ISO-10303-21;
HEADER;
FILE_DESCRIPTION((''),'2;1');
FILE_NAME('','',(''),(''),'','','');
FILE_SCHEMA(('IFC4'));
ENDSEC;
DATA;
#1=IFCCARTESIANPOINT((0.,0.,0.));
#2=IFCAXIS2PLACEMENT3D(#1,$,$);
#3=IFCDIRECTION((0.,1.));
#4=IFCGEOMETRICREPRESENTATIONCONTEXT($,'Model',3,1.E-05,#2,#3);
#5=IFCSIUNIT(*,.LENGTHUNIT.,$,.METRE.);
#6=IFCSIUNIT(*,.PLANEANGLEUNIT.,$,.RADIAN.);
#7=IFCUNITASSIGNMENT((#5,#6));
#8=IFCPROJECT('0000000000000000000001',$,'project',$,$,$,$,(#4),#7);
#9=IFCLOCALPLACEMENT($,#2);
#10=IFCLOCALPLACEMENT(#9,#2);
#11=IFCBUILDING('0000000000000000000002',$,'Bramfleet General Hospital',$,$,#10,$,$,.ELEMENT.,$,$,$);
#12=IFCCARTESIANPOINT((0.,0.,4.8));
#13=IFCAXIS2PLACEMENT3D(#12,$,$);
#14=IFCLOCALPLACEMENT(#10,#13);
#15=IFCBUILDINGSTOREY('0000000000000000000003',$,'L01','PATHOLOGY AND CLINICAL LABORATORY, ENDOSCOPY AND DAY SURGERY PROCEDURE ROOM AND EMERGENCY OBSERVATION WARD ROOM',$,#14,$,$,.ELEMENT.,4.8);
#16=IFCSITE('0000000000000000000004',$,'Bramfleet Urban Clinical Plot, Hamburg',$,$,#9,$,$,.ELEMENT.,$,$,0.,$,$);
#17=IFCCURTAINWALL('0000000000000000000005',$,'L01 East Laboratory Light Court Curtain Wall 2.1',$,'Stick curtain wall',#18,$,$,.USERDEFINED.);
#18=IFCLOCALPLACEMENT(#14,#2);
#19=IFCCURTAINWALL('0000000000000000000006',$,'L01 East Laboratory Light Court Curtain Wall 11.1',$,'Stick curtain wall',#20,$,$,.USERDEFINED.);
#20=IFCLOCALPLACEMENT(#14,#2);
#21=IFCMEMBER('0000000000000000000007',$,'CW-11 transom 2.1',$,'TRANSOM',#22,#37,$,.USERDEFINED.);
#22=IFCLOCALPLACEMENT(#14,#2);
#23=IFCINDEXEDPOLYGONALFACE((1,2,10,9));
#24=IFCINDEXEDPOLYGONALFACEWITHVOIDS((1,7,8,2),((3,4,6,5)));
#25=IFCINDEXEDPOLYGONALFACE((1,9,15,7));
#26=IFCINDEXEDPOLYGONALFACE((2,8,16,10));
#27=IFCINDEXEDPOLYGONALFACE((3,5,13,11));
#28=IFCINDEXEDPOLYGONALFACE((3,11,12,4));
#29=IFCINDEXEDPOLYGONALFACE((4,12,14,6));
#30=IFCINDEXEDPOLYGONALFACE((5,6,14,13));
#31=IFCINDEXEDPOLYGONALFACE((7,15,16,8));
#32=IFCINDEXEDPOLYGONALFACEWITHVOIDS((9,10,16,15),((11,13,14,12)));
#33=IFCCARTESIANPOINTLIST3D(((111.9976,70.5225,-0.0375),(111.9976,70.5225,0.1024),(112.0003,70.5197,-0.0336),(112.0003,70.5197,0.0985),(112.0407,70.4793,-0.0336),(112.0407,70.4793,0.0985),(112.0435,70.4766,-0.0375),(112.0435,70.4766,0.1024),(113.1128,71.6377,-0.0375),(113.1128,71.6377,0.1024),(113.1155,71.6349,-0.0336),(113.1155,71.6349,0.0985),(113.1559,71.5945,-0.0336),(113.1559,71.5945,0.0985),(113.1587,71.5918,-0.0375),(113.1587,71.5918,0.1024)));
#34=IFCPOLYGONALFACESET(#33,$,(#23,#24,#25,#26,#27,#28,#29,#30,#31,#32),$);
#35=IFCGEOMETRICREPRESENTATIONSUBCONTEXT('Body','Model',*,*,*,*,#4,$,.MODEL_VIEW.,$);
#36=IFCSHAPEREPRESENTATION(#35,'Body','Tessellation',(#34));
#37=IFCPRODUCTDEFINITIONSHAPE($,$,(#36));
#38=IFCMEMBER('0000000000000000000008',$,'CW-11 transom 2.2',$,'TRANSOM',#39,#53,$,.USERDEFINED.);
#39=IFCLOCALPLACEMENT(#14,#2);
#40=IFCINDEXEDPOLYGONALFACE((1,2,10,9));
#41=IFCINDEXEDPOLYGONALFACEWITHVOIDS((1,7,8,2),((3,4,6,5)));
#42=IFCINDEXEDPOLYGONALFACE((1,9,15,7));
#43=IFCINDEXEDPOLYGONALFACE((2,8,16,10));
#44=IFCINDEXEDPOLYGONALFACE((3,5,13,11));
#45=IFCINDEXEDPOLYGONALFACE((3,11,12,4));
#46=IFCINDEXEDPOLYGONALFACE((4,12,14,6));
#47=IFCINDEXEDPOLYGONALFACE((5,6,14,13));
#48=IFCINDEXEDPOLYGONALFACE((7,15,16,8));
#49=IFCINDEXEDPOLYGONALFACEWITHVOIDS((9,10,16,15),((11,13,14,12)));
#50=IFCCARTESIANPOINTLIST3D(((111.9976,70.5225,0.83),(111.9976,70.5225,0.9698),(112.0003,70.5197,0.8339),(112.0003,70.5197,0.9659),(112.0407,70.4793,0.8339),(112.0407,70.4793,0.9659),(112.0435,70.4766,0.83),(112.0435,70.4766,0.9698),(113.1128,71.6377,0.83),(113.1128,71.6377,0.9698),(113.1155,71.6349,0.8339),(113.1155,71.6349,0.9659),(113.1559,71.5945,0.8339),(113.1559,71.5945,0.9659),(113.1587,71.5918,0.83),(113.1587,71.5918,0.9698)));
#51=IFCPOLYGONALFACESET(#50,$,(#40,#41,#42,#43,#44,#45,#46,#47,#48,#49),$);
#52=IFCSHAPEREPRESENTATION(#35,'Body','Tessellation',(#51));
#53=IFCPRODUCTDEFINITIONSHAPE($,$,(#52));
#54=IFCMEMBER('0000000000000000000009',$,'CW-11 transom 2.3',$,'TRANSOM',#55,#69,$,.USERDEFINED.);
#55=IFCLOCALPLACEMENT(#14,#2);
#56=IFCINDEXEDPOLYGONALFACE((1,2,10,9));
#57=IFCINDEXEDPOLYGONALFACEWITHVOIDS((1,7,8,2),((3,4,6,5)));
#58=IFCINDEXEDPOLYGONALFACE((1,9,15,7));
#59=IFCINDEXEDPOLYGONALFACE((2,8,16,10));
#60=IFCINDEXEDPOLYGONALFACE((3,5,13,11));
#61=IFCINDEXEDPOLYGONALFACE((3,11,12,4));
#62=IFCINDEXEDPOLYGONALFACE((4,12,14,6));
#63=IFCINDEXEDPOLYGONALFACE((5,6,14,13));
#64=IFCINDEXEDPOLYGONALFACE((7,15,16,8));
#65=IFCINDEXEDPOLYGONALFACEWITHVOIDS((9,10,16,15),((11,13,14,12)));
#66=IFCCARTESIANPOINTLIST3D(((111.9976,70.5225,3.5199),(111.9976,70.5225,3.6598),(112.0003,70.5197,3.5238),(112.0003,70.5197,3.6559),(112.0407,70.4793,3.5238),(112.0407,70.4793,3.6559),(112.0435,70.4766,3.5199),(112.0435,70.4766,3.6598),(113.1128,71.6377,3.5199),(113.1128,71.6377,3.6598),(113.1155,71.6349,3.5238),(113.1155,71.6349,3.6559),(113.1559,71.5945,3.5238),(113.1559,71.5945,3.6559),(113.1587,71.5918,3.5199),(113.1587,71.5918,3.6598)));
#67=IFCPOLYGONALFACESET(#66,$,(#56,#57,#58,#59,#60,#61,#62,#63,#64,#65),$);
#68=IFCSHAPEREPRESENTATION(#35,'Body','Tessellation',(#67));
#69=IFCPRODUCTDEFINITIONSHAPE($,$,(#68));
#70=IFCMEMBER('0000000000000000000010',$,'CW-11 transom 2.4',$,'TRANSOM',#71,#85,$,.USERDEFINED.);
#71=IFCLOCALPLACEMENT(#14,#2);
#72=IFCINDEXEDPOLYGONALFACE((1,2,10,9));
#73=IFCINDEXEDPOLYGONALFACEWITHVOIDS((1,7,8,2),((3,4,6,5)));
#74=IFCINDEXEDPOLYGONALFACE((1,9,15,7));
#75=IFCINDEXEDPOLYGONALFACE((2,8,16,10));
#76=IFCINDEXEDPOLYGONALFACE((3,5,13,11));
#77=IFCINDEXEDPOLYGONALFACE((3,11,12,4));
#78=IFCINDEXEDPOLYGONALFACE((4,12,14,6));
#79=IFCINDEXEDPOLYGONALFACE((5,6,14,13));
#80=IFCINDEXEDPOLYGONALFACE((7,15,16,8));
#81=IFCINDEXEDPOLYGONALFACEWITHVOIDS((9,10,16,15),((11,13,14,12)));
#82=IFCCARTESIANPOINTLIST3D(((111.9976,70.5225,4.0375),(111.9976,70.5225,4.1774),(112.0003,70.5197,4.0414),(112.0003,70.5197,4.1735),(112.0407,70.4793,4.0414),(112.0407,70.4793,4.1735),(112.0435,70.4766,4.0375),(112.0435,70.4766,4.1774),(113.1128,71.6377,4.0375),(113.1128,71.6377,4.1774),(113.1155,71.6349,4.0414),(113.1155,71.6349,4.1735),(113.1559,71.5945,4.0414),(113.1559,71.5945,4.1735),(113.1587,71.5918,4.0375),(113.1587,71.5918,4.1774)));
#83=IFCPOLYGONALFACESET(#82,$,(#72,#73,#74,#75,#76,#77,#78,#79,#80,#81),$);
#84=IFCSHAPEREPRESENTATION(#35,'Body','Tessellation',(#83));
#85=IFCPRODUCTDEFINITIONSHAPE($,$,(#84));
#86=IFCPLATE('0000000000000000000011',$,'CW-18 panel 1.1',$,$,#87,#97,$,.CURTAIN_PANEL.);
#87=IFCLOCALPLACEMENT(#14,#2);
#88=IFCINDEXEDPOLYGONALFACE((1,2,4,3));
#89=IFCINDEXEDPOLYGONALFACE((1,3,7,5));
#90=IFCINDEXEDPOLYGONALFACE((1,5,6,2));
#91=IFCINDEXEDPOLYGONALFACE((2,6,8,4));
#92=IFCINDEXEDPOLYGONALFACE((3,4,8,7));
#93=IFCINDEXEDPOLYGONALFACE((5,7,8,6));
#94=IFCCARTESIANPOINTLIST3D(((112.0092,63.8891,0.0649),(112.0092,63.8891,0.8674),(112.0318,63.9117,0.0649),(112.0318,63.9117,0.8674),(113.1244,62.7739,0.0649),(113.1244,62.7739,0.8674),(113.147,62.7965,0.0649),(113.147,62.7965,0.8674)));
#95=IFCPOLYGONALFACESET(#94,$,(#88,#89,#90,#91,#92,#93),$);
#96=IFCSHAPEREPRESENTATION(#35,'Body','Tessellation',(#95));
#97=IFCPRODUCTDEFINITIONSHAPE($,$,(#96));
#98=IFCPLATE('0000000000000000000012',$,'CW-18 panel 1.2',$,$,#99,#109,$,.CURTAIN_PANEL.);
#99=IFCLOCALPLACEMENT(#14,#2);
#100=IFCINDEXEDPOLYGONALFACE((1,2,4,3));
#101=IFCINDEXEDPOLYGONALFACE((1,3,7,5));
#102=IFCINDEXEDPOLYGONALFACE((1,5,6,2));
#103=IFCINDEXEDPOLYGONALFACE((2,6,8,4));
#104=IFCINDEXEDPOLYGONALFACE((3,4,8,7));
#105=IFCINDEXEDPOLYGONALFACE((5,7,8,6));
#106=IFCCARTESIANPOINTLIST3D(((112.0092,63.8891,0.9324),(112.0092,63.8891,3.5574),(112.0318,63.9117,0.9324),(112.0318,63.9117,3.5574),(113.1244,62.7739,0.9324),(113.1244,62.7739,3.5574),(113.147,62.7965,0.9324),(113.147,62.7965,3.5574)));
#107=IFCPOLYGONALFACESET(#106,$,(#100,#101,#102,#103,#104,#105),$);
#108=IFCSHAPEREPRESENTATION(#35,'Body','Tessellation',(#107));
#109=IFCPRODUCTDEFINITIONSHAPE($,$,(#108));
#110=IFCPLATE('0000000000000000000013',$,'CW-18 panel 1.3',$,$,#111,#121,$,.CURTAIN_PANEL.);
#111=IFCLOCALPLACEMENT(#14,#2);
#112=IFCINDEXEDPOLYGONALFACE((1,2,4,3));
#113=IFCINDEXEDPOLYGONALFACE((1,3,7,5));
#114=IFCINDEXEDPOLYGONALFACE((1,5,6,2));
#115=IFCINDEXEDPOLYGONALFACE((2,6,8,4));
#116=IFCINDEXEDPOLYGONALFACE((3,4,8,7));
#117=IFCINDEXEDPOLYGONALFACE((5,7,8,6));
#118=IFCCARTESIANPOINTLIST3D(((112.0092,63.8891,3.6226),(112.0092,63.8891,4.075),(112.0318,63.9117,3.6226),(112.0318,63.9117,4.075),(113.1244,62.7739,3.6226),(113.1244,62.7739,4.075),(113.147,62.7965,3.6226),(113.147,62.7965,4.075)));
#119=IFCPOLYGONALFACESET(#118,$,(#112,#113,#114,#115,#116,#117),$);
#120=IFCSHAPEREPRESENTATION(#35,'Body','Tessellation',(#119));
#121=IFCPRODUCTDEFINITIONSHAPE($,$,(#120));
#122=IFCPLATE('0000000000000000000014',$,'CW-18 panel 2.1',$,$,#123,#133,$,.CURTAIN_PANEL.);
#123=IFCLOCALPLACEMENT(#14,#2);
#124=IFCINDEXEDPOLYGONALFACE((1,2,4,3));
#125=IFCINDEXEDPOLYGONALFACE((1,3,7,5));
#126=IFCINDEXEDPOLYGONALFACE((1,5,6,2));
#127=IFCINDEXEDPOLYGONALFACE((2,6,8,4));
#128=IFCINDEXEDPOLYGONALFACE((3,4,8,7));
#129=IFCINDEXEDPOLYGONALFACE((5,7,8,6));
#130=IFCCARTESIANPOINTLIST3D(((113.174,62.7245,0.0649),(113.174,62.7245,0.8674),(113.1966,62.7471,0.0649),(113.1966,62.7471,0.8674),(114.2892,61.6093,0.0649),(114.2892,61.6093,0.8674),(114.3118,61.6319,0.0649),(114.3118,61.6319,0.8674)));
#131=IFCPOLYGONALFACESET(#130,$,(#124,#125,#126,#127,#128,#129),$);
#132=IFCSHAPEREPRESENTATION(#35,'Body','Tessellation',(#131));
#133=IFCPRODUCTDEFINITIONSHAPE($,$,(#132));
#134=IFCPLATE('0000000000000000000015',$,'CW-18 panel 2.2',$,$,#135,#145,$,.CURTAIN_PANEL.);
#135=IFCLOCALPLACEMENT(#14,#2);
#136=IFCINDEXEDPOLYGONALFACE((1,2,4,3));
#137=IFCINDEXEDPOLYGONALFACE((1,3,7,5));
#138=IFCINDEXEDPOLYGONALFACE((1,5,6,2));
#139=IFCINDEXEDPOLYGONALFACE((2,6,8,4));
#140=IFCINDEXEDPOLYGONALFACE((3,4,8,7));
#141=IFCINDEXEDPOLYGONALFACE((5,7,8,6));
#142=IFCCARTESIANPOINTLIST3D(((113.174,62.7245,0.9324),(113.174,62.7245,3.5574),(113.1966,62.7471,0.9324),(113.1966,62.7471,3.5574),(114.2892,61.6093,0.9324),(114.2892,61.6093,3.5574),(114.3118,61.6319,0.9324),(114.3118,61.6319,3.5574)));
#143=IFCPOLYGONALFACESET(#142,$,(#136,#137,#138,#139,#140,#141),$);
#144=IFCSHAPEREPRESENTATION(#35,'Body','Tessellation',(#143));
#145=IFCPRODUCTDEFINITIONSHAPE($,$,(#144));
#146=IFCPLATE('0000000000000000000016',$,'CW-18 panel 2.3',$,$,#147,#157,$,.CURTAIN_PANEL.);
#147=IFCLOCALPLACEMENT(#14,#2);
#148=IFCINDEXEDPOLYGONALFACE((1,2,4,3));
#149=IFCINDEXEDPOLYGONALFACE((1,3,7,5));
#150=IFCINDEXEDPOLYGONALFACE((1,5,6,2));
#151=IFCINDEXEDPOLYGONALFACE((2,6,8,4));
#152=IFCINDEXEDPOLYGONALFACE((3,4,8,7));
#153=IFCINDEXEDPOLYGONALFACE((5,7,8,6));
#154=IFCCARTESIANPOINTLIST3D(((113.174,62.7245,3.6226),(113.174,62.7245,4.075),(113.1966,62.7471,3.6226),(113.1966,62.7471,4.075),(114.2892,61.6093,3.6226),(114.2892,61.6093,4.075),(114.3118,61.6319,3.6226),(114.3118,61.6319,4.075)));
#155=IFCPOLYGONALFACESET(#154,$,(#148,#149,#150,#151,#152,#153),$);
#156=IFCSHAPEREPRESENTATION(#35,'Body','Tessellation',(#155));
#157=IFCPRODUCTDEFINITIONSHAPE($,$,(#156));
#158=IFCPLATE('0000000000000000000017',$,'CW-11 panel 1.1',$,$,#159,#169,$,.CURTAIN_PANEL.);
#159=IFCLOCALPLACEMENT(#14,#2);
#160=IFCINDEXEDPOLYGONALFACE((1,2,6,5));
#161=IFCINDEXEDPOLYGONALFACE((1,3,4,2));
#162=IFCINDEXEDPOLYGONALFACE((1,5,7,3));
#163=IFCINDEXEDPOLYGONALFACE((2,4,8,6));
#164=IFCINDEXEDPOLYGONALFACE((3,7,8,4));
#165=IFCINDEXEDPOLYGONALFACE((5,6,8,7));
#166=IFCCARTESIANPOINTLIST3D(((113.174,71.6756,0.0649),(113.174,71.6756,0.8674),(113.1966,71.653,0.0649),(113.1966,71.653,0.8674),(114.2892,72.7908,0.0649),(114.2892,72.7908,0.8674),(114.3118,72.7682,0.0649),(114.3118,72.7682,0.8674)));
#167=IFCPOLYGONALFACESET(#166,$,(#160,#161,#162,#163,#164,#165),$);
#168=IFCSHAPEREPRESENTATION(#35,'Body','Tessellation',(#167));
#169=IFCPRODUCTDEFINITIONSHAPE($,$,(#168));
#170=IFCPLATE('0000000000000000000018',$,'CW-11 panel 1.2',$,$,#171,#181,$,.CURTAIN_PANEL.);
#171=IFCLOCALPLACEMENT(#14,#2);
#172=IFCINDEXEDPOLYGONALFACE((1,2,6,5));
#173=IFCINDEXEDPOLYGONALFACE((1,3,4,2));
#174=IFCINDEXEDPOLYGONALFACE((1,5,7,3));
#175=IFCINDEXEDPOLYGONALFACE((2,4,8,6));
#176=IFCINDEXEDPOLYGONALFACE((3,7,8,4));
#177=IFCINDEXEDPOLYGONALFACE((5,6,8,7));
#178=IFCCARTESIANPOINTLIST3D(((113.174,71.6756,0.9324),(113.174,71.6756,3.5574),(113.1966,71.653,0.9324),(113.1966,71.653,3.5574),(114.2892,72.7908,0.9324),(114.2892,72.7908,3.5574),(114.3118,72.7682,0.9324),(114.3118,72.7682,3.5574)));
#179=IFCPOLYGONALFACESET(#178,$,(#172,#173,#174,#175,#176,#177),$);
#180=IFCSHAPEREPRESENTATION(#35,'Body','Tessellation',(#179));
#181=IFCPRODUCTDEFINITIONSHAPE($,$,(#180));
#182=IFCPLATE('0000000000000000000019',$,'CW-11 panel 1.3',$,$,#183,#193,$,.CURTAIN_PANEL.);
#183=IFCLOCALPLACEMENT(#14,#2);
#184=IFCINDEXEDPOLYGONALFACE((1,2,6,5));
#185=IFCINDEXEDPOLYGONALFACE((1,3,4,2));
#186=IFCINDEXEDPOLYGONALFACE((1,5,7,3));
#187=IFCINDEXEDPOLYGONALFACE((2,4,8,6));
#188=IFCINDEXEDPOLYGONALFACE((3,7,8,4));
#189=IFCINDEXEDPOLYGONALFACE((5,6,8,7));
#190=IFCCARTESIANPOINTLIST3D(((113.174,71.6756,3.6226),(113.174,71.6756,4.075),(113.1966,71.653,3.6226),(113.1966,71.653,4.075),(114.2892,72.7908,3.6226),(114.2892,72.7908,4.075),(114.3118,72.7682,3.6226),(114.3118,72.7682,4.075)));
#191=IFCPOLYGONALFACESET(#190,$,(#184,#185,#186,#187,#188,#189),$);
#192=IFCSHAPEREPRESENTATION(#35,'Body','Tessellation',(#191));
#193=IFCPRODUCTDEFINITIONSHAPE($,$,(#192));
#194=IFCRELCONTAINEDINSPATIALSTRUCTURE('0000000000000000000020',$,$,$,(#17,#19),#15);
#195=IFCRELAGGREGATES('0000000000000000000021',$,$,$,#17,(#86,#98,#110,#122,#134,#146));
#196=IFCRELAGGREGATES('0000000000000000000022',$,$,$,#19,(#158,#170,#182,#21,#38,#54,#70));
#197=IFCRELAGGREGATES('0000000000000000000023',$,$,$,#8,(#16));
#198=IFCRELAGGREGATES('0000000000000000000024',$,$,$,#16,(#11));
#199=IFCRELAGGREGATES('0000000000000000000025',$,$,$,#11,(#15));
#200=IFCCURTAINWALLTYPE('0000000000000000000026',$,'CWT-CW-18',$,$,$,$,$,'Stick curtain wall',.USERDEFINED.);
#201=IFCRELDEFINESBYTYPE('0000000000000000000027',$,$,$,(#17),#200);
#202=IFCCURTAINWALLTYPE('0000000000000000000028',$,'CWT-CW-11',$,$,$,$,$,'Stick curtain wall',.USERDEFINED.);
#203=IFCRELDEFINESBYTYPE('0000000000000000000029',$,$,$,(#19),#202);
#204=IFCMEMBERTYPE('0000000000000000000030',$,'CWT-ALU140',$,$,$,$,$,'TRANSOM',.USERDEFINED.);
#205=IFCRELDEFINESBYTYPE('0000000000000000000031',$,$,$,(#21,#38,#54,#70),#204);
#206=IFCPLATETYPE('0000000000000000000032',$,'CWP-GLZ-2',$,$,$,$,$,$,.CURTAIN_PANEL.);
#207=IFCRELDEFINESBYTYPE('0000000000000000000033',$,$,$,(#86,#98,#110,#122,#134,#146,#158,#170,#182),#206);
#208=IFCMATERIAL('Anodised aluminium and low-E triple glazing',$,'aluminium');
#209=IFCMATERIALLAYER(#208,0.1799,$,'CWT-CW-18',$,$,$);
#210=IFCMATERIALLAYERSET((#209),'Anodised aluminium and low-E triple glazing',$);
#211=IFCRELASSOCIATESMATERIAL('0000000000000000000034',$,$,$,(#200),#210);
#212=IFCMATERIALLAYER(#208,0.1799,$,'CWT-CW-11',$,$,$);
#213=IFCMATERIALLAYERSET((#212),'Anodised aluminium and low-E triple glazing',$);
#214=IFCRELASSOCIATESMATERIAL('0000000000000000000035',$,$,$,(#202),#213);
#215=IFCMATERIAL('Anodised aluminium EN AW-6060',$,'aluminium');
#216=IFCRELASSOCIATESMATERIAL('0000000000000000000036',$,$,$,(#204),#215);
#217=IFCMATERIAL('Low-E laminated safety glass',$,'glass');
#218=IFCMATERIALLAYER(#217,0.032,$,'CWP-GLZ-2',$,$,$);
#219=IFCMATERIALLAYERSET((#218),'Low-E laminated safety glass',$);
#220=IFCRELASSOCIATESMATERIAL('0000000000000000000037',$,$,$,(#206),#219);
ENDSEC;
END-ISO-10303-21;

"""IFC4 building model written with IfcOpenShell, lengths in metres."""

from ifc_helpers import new_model, si_unit, direction, frame, origin, origin_2d, place, context, subcontext, project, spatial, rectangle, hollow_rectangle, extrude, material, layer, layer_set, material_profile, profile_set, type_object, element, aggregate, save


model = new_model("IFC4")

# Units and contexts
model_context = context("Model", 3, precision=1e-05, world=origin(), true_north=direction((0.0, 1.0)))
body_context = subcontext(model_context, "Body", "Model", "MODEL_VIEW")
ifc_project = project(units=[si_unit("LENGTHUNIT", "METRE"), si_unit("PLANEANGLEUNIT", "RADIAN")], contexts=[model_context])

# Site, building, storey
site_placement = place(None, origin())
site = spatial("IfcSite", under=ifc_project, at=site_placement, Name="Bramfleet Urban Clinical Plot, Hamburg", CompositionType="ELEMENT", RefElevation=0.0)
building_placement = place(site_placement, origin())
building = spatial("IfcBuilding", under=site, at=building_placement, Name="Bramfleet General Hospital", CompositionType="ELEMENT")
storey_placement = place(building_placement, frame((0.0, 0.0, 4.8)))
storey = spatial("IfcBuildingStorey", under=building, at=storey_placement, Name="L01", Description="PATHOLOGY AND CLINICAL LABORATORY, ENDOSCOPY AND DAY SURGERY PROCEDURE ROOM AND EMERGENCY OBSERVATION WARD ROOM", CompositionType="ELEMENT", Elevation=4.8)

# Curtain wall
ifc_material_1 = material(Name="Anodised aluminium and low-E triple glazing", Category="aluminium")
ifc_layer_1 = layer(ifc_material_1, 0.1799, Name="CWT-CW-18")
ifc_layer_set_1 = layer_set([ifc_layer_1], Name="Anodised aluminium and low-E triple glazing")
curtain_wall_type_1 = type_object("IfcCurtainWallType", Name="CWT-CW-18", ElementType="Stick curtain wall", PredefinedType="USERDEFINED", material=ifc_layer_set_1)
curtain_wall_1_placement = place(storey_placement, origin())
curtain_wall_1 = element("IfcCurtainWall", 1, at=curtain_wall_1_placement, inside=storey, type_object=curtain_wall_type_1, Name="L01 East Laboratory Light Court Curtain Wall 2.1", ObjectType="Stick curtain wall", PredefinedType="USERDEFINED")
ifc_material_2 = material(Name="Anodised aluminium EN AW-6060", Category="aluminium")

# Shared definitions
ifc_layer_2 = layer(ifc_material_1, 0.1799, Name="CWT-CW-11")
ifc_layer_set_2 = layer_set([ifc_layer_2], Name="Anodised aluminium and low-E triple glazing")
curtain_wall_type_2 = type_object("IfcCurtainWallType", Name="CWT-CW-11", ElementType="Stick curtain wall", PredefinedType="USERDEFINED", material=ifc_layer_set_2)

# Curtain wall
curtain_wall_2_placement = place(storey_placement, origin())
curtain_wall_2 = element("IfcCurtainWall", 2, at=curtain_wall_2_placement, inside=storey, type_object=curtain_wall_type_2, Name="L01 East Laboratory Light Court Curtain Wall 11.1", ObjectType="Stick curtain wall", PredefinedType="USERDEFINED")

# Members
ifc_material_profile_1 = material_profile(ifc_material_2, hollow_rectangle(XDim=0.0649, YDim=0.1399, WallThickness=0.0039, at=origin_2d()), Name="ALU 140x65x4.0")
ifc_profile_set_1 = profile_set([ifc_material_profile_1], Name="Anodised aluminium EN AW-6060")
member_type_1 = type_object("IfcMemberType", Name="CWT-ALU140", ElementType="TRANSOM", PredefinedType="USERDEFINED", material=ifc_profile_set_1)
member_1_placement = place(storey_placement, frame((113.1357, 71.6147, 0.0325), z_axis=(-0.707107, -0.707107, 0.0), x_axis=(0.707107, -0.707107, 0.0)))
member_1 = element("IfcMember", 3, at=member_1_placement, type_object=member_type_1, Name="CW-11 transom 2.1", ObjectType="TRANSOM", PredefinedType="USERDEFINED", context=body_context, shape_type="SweptSolid", body=[
    extrude(hollow_rectangle(XDim=0.0649, YDim=0.1399, WallThickness=0.0039, at=origin_2d()), origin(), (0.0, 0.0, 1.0), 1.5771),
])
member_2_placement = place(storey_placement, frame((113.1357, 71.6147, 0.8999), z_axis=(-0.707107, -0.707107, 0.0), x_axis=(0.707107, -0.707107, 0.0)))
member_2 = element("IfcMember", 4, at=member_2_placement, type_object=member_type_1, Name="CW-11 transom 2.2", ObjectType="TRANSOM", PredefinedType="USERDEFINED", context=body_context, shape_type="SweptSolid", body=[
    extrude(hollow_rectangle(XDim=0.0649, YDim=0.1399, WallThickness=0.0039, at=origin_2d()), origin(), (0.0, 0.0, 1.0), 1.5771),
])
member_3_placement = place(storey_placement, frame((113.1357, 71.6147, 3.5898), z_axis=(-0.707107, -0.707107, 0.0), x_axis=(0.707107, -0.707107, 0.0)))
member_3 = element("IfcMember", 5, at=member_3_placement, type_object=member_type_1, Name="CW-11 transom 2.3", ObjectType="TRANSOM", PredefinedType="USERDEFINED", context=body_context, shape_type="SweptSolid", body=[
    extrude(hollow_rectangle(XDim=0.0649, YDim=0.1399, WallThickness=0.0039, at=origin_2d()), origin(), (0.0, 0.0, 1.0), 1.5771),
])
member_4_placement = place(storey_placement, frame((113.1357, 71.6147, 4.1074), z_axis=(-0.707107, -0.707107, 0.0), x_axis=(0.707107, -0.707107, 0.0)))
member_4 = element("IfcMember", 6, at=member_4_placement, type_object=member_type_1, Name="CW-11 transom 2.4", ObjectType="TRANSOM", PredefinedType="USERDEFINED", context=body_context, shape_type="SweptSolid", body=[
    extrude(hollow_rectangle(XDim=0.0649, YDim=0.1399, WallThickness=0.0039, at=origin_2d()), origin(), (0.0, 0.0, 1.0), 1.5771),
])

# Plates
ifc_material_3 = material(Name="Low-E laminated safety glass", Category="glass")
ifc_layer_3 = layer(ifc_material_3, 0.032, Name="CWP-GLZ-2")
ifc_layer_set_3 = layer_set([ifc_layer_3], Name="Low-E laminated safety glass")
plate_type = type_object("IfcPlateType", Name="CWP-GLZ-2", PredefinedType="CURTAIN_PANEL", material=ifc_layer_set_3)
plate_1_placement = place(storey_placement, frame((112.5781, 63.3428, 0.0649), z_axis=(0.0, 0.0, 1.0), x_axis=(0.707107, -0.707107, 0.0)))
plate_1 = element("IfcPlate", 7, at=plate_1_placement, type_object=plate_type, Name="CW-18 panel 1.1", PredefinedType="CURTAIN_PANEL", context=body_context, shape_type="SweptSolid", body=[
    extrude(rectangle(XDim=1.5771, YDim=0.032, at=origin_2d()), origin(), (0.0, 0.0, 1.0), 0.8025),
])
plate_2_placement = place(storey_placement, frame((112.5781, 63.3428, 0.9324), z_axis=(0.0, 0.0, 1.0), x_axis=(0.707107, -0.707107, 0.0)))
plate_2 = element("IfcPlate", 8, at=plate_2_placement, type_object=plate_type, Name="CW-18 panel 1.2", PredefinedType="CURTAIN_PANEL", context=body_context, shape_type="SweptSolid", body=[
    extrude(rectangle(XDim=1.5771, YDim=0.032, at=origin_2d()), origin(), (0.0, 0.0, 1.0), 2.625),
])
plate_3_placement = place(storey_placement, frame((112.5781, 63.3428, 3.6226), z_axis=(0.0, 0.0, 1.0), x_axis=(0.707107, -0.707107, 0.0)))
plate_3 = element("IfcPlate", 9, at=plate_3_placement, type_object=plate_type, Name="CW-18 panel 1.3", PredefinedType="CURTAIN_PANEL", context=body_context, shape_type="SweptSolid", body=[
    extrude(rectangle(XDim=1.5771, YDim=0.032, at=origin_2d()), origin(), (0.0, 0.0, 1.0), 0.4524),
])
plate_4_placement = place(storey_placement, frame((113.7429, 62.1782, 0.0649), z_axis=(0.0, 0.0, 1.0), x_axis=(0.707107, -0.707107, 0.0)))
plate_4 = element("IfcPlate", 10, at=plate_4_placement, type_object=plate_type, Name="CW-18 panel 2.1", PredefinedType="CURTAIN_PANEL", context=body_context, shape_type="SweptSolid", body=[
    extrude(rectangle(XDim=1.5771, YDim=0.032, at=origin_2d()), origin(), (0.0, 0.0, 1.0), 0.8025),
])
plate_5_placement = place(storey_placement, frame((113.7429, 62.1782, 0.9324), z_axis=(0.0, 0.0, 1.0), x_axis=(0.707107, -0.707107, 0.0)))
plate_5 = element("IfcPlate", 11, at=plate_5_placement, type_object=plate_type, Name="CW-18 panel 2.2", PredefinedType="CURTAIN_PANEL", context=body_context, shape_type="SweptSolid", body=[
    extrude(rectangle(XDim=1.5771, YDim=0.032, at=origin_2d()), origin(), (0.0, 0.0, 1.0), 2.625),
])
plate_6_placement = place(storey_placement, frame((113.7429, 62.1782, 3.6226), z_axis=(0.0, 0.0, 1.0), x_axis=(0.707107, -0.707107, 0.0)))
plate_6 = element("IfcPlate", 12, at=plate_6_placement, type_object=plate_type, Name="CW-18 panel 2.3", PredefinedType="CURTAIN_PANEL", context=body_context, shape_type="SweptSolid", body=[
    extrude(rectangle(XDim=1.5771, YDim=0.032, at=origin_2d()), origin(), (0.0, 0.0, 1.0), 0.4524),
])
aggregate(curtain_wall_1, [plate_1, plate_2, plate_3, plate_4, plate_5, plate_6])
plate_7_placement = place(storey_placement, frame((113.7429, 72.2219, 0.0649), z_axis=(0.0, 0.0, 1.0), x_axis=(-0.707107, -0.707107, 0.0)))
plate_7 = element("IfcPlate", 13, at=plate_7_placement, type_object=plate_type, Name="CW-11 panel 1.1", PredefinedType="CURTAIN_PANEL", context=body_context, shape_type="SweptSolid", body=[
    extrude(rectangle(XDim=1.5771, YDim=0.032, at=origin_2d()), origin(), (0.0, 0.0, 1.0), 0.8025),
])
plate_8_placement = place(storey_placement, frame((113.7429, 72.2219, 0.9324), z_axis=(0.0, 0.0, 1.0), x_axis=(-0.707107, -0.707107, 0.0)))
plate_8 = element("IfcPlate", 14, at=plate_8_placement, type_object=plate_type, Name="CW-11 panel 1.2", PredefinedType="CURTAIN_PANEL", context=body_context, shape_type="SweptSolid", body=[
    extrude(rectangle(XDim=1.5771, YDim=0.032, at=origin_2d()), origin(), (0.0, 0.0, 1.0), 2.625),
])
plate_9_placement = place(storey_placement, frame((113.7429, 72.2219, 3.6226), z_axis=(0.0, 0.0, 1.0), x_axis=(-0.707107, -0.707107, 0.0)))
plate_9 = element("IfcPlate", 15, at=plate_9_placement, type_object=plate_type, Name="CW-11 panel 1.3", PredefinedType="CURTAIN_PANEL", context=body_context, shape_type="SweptSolid", body=[
    extrude(rectangle(XDim=1.5771, YDim=0.032, at=origin_2d()), origin(), (0.0, 0.0, 1.0), 0.4524),
])
aggregate(curtain_wall_2, [plate_7, plate_8, plate_9, member_1, member_2, member_3, member_4])

save(model, "model.ifc")
